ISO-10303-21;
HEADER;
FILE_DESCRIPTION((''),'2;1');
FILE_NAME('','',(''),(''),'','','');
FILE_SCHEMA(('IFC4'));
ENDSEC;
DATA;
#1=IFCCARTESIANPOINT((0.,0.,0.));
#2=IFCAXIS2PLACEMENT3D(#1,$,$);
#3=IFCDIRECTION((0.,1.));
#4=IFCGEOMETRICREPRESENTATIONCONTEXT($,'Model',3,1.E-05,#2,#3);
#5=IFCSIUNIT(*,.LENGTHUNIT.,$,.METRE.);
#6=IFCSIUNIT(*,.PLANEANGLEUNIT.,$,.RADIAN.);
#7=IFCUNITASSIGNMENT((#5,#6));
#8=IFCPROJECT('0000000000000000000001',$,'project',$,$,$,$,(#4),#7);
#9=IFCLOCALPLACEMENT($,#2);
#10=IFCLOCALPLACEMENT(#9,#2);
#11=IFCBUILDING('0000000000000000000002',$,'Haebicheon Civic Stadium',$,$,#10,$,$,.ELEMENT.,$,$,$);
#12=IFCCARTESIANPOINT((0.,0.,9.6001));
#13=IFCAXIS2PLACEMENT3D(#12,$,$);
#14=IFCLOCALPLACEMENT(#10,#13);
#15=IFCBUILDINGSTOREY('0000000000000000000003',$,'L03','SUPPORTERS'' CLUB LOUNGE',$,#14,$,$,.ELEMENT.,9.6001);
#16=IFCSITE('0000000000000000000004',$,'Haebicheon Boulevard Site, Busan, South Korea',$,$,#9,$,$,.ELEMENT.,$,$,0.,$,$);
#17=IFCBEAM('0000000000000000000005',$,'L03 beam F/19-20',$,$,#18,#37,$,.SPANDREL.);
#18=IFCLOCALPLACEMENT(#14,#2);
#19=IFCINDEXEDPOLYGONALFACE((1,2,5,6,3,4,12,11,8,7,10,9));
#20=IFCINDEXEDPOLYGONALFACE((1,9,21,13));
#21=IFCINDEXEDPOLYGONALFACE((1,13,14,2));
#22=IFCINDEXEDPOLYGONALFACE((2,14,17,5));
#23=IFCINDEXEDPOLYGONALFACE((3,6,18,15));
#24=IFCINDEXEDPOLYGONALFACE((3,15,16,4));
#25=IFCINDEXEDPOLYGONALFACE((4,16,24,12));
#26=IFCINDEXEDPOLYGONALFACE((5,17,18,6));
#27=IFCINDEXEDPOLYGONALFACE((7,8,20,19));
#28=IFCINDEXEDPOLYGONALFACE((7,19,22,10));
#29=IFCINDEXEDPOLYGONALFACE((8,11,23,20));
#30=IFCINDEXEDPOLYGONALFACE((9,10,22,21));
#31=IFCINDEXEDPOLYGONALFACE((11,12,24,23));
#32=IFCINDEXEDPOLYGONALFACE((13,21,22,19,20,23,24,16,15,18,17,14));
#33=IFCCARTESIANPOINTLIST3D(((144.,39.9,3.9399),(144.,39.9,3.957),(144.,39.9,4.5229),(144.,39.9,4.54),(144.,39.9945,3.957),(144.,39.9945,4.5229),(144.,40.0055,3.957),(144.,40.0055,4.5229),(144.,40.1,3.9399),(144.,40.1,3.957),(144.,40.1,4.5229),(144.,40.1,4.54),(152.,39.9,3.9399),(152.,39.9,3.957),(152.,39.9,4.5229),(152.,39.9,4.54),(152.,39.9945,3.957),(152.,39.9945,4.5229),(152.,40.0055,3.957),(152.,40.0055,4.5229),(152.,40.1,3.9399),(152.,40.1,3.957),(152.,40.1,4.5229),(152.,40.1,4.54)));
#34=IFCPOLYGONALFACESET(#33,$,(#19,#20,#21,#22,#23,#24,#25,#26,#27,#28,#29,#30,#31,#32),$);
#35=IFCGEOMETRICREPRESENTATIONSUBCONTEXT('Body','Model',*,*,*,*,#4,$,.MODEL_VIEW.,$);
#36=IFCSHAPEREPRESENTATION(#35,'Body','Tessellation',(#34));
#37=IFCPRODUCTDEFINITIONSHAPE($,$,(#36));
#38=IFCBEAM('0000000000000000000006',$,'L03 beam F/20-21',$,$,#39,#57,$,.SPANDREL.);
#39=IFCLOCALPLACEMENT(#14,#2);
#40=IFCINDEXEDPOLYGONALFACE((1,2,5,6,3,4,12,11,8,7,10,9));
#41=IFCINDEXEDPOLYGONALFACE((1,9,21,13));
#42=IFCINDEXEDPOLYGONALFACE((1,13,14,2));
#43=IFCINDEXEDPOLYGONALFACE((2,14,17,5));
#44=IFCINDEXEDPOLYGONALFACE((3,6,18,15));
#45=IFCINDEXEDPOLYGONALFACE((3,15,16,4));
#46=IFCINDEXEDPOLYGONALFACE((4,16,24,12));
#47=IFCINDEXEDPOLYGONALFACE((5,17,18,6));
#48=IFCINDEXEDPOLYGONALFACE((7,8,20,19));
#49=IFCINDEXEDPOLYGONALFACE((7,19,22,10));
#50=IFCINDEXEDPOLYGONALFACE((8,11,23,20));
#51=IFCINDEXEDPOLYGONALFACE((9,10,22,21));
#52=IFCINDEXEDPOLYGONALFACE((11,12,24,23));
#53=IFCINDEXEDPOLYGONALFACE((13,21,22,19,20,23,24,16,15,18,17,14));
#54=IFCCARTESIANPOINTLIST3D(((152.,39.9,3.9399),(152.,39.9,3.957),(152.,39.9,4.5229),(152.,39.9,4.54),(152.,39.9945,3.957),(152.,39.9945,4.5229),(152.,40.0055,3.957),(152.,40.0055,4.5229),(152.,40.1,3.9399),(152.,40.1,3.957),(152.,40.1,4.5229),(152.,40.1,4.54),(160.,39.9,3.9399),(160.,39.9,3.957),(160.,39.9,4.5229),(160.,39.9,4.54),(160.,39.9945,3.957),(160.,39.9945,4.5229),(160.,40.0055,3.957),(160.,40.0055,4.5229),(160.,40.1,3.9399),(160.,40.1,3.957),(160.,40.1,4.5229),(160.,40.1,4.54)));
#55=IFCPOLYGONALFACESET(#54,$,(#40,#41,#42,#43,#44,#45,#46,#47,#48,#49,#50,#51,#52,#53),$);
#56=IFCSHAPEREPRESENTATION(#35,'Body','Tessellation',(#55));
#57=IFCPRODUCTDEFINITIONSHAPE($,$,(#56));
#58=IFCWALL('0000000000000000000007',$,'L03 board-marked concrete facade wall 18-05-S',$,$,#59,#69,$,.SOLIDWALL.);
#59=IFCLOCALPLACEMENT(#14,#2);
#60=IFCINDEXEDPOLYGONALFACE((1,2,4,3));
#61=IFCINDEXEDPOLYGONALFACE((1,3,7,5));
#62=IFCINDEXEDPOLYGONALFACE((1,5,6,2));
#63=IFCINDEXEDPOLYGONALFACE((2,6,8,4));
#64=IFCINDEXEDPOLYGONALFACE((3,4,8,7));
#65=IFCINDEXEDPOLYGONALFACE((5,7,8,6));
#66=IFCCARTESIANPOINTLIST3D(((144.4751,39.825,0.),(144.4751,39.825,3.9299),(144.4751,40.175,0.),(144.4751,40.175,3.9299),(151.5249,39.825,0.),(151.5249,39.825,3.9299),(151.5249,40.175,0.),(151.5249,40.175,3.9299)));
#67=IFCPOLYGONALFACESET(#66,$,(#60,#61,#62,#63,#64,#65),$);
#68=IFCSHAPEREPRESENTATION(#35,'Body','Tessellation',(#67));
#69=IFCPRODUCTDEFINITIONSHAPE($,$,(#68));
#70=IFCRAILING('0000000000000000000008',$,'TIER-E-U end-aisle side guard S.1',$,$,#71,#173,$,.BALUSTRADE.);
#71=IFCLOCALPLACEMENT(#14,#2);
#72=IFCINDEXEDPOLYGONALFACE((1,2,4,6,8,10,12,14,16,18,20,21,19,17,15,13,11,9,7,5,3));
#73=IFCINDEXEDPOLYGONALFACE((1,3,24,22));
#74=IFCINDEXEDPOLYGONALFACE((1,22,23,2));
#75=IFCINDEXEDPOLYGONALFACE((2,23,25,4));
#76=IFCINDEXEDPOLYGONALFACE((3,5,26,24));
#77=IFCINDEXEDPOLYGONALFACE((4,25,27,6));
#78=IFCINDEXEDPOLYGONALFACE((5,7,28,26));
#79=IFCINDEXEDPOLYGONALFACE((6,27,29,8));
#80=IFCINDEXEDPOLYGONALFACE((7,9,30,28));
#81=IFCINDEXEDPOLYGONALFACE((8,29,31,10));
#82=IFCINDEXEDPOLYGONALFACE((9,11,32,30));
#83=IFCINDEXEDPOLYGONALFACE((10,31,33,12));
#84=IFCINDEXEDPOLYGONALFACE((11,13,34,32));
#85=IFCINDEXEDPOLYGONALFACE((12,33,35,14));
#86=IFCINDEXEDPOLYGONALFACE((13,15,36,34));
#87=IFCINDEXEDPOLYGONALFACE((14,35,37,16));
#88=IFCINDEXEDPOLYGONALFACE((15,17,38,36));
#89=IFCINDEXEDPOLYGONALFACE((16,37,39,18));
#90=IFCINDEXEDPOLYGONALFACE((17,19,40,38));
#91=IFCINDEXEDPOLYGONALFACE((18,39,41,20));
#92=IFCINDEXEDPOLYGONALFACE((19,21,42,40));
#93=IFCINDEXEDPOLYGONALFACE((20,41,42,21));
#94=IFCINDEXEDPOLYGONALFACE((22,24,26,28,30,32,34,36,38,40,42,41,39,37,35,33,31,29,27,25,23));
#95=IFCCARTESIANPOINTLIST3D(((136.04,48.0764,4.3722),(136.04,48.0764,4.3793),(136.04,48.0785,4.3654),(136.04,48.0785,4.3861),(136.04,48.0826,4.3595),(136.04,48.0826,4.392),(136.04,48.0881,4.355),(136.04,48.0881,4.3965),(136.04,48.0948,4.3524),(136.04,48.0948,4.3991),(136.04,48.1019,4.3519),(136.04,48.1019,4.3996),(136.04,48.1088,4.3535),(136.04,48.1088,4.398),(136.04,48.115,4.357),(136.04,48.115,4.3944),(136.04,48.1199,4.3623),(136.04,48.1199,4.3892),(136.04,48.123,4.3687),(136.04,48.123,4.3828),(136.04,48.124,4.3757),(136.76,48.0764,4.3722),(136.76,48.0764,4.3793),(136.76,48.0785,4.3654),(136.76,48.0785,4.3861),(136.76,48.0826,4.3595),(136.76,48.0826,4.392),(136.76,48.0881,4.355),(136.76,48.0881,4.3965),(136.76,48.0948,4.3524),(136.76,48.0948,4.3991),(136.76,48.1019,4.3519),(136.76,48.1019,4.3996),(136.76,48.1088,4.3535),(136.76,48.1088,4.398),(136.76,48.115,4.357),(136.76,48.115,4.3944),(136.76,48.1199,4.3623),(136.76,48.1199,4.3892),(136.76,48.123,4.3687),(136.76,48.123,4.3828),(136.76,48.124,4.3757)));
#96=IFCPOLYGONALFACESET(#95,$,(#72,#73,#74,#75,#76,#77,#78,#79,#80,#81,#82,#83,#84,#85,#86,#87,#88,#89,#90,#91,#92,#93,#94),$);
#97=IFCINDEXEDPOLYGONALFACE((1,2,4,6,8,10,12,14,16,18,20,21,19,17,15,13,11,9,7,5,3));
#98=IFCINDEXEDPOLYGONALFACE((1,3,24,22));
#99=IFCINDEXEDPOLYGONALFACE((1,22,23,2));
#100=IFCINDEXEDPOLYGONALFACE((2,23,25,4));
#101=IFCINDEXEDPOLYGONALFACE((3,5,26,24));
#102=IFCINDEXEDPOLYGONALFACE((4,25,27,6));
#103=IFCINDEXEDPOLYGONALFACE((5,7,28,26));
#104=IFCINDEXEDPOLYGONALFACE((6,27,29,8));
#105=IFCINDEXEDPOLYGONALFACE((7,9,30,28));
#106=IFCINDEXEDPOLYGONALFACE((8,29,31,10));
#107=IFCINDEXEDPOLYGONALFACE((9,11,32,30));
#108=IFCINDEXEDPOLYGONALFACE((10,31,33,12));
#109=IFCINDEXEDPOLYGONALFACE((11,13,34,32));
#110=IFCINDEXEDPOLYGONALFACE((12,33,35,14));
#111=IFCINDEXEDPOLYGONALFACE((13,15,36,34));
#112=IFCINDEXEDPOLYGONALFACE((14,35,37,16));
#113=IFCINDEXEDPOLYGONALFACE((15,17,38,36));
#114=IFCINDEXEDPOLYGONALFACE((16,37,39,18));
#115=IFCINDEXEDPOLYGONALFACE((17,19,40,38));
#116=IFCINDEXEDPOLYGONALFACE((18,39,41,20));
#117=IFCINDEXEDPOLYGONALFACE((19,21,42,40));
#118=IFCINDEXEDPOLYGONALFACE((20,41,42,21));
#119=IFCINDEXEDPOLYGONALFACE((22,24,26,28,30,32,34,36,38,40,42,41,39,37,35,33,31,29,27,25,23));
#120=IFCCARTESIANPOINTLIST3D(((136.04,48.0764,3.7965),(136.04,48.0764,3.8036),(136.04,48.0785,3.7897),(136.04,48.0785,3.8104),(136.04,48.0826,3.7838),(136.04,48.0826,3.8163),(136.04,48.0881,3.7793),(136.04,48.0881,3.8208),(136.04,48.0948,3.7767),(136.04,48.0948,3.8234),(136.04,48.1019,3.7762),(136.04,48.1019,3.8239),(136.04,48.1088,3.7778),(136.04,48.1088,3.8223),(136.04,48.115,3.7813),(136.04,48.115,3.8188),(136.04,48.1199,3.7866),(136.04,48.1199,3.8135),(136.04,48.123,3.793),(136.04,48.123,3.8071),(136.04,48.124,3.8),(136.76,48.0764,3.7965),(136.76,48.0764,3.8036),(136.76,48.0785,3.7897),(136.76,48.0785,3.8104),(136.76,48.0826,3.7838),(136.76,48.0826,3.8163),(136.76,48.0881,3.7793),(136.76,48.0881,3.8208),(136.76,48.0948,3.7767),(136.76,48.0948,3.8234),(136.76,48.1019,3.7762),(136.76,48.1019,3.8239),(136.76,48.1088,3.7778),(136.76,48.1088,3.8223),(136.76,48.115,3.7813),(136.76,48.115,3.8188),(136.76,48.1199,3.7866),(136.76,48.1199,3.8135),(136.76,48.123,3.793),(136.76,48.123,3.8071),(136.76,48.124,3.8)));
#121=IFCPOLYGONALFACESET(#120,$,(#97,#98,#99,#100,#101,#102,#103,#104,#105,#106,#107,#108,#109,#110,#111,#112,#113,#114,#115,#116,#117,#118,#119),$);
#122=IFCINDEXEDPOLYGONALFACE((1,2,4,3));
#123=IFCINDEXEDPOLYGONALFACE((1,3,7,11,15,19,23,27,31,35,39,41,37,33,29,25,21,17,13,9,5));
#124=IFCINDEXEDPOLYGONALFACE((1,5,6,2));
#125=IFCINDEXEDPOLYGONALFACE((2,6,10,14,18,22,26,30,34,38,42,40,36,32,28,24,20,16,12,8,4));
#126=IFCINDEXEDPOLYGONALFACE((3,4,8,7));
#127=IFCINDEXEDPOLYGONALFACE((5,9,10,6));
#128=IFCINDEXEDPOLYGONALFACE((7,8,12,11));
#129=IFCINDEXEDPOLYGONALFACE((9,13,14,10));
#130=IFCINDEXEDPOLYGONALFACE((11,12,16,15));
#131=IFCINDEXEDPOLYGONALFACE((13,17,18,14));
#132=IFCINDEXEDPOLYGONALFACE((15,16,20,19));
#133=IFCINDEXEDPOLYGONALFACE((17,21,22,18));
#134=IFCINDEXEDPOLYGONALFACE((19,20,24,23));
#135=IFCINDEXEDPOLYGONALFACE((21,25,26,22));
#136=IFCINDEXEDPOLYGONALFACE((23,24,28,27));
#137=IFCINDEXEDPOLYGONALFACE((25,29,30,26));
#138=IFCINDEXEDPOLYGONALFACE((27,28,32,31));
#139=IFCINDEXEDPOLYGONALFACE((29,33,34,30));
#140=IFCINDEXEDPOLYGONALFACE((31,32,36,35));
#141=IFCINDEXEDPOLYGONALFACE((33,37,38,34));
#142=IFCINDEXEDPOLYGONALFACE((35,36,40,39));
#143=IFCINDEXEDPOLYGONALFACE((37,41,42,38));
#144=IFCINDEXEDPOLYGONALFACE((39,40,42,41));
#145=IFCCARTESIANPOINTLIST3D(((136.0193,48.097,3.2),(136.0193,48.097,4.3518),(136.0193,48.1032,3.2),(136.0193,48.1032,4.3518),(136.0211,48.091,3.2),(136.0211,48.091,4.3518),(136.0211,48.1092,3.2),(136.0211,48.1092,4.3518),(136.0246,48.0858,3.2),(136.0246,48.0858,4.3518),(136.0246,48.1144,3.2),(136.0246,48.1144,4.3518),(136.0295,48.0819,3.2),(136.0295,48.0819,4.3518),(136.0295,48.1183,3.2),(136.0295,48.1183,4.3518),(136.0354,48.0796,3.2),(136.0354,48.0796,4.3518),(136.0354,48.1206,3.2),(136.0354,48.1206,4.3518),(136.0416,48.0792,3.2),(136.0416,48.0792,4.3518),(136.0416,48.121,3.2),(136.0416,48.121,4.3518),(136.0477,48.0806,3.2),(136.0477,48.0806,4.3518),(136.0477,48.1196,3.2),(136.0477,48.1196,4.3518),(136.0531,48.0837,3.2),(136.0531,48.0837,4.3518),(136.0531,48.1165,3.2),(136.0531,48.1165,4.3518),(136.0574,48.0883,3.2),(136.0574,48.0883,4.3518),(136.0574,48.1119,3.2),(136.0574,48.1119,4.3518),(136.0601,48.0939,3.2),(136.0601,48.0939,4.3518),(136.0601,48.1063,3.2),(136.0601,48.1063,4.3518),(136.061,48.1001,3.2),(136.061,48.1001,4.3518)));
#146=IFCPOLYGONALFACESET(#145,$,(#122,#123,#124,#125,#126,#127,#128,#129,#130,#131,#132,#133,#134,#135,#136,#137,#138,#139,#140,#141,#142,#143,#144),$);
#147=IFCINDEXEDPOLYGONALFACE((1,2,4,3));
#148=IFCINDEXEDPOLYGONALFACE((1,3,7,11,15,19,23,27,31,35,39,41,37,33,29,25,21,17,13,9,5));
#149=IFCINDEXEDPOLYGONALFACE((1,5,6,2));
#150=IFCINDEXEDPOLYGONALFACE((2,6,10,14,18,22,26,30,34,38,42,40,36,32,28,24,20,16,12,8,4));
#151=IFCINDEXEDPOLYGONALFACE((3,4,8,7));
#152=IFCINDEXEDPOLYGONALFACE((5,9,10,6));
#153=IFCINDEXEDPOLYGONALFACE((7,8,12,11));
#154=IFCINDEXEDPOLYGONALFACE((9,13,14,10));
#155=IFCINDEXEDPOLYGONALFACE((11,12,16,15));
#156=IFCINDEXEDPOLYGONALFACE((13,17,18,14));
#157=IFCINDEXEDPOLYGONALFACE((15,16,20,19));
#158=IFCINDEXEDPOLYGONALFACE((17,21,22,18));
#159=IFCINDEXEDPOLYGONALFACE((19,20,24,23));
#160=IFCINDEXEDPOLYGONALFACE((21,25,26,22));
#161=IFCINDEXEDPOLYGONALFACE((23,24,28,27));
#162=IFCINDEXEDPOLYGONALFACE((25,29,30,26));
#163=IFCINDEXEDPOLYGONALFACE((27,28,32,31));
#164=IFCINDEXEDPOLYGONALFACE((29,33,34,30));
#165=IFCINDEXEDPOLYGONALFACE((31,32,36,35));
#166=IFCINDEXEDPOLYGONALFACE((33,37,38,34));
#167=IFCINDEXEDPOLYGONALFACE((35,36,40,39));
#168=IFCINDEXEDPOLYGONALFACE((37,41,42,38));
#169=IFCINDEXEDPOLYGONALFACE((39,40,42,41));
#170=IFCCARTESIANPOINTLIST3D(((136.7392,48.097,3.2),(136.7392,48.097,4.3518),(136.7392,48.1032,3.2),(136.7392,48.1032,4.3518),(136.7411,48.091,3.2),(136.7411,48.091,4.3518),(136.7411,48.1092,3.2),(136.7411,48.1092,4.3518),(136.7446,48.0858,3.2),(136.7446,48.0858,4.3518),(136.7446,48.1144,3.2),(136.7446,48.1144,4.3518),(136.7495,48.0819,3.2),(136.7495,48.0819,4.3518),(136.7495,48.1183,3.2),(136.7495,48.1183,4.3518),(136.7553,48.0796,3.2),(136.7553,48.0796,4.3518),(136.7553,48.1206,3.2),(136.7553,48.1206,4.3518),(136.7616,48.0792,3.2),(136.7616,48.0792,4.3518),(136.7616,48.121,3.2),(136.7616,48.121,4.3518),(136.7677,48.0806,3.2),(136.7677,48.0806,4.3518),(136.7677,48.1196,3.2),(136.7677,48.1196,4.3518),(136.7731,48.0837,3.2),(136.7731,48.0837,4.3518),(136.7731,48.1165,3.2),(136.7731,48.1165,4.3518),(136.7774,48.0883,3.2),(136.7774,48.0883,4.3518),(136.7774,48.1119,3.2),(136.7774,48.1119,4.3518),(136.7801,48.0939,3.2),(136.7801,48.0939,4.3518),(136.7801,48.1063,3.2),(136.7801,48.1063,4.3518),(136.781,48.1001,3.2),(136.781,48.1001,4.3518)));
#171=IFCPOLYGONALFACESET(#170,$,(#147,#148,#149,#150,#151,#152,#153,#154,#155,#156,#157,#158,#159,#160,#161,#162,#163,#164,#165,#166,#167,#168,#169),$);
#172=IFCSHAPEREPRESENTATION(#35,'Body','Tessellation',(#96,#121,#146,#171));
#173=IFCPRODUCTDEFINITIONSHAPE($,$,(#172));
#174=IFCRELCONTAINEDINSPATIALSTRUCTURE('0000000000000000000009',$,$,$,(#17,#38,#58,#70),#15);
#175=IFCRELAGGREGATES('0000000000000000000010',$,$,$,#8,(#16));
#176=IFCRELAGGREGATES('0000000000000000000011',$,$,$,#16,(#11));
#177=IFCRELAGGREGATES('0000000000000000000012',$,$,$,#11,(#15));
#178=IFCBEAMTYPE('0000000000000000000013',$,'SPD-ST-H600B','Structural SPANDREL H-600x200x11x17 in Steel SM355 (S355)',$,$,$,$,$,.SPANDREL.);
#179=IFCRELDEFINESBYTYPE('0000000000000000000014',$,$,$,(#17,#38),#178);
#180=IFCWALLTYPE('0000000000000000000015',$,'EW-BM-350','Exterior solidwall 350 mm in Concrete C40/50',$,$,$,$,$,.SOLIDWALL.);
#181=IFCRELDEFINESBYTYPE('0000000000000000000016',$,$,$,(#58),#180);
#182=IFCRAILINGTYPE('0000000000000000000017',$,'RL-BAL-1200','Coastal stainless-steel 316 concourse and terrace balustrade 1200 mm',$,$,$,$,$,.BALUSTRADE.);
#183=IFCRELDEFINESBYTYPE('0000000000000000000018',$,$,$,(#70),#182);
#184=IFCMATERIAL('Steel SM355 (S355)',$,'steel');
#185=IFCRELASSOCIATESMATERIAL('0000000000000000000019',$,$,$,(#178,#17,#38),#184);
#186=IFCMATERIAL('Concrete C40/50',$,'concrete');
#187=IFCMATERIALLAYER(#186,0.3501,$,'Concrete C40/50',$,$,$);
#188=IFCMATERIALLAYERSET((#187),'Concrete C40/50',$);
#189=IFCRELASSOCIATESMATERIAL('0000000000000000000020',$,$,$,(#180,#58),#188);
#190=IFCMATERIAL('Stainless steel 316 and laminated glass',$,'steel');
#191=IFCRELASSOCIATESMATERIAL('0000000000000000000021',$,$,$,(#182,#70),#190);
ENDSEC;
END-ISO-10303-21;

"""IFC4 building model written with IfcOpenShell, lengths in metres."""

from ifc_helpers import new_model, si_unit, direction, frame, frame_2d, origin, origin_2d, place, context, subcontext, project, spatial, rectangle, circle, i_section, extrude, material, layer, layer_set, material_profile, profile_set, type_object, element, save


model = new_model("IFC4")

# Units and contexts
model_context = context("Model", 3, precision=1e-05, world=origin(), true_north=direction((0.0, 1.0)))
body_context = subcontext(model_context, "Body", "Model", "MODEL_VIEW")
ifc_project = project(units=[si_unit("LENGTHUNIT", "METRE"), si_unit("PLANEANGLEUNIT", "RADIAN")], contexts=[model_context])

# Site, building, storey
site_placement = place(None, origin())
site = spatial("IfcSite", under=ifc_project, at=site_placement, Name="Haebicheon Boulevard Site, Busan, South Korea", CompositionType="ELEMENT", RefElevation=0.0)
building_placement = place(site_placement, origin())
building = spatial("IfcBuilding", under=site, at=building_placement, Name="Haebicheon Civic Stadium", CompositionType="ELEMENT")
storey_placement = place(building_placement, frame((0.0, 0.0, 9.6001)))
storey = spatial("IfcBuildingStorey", under=building, at=storey_placement, Name="L03", Description="SUPPORTERS' CLUB LOUNGE", CompositionType="ELEMENT", Elevation=9.6001)

# Beams
ifc_material_1 = material(Name="Steel SM355 (S355)", Category="steel")
ifc_material_profile_1 = material_profile(ifc_material_1, i_section(OverallWidth=0.2, OverallDepth=0.6001, WebThickness=0.011, FlangeThickness=0.0171, at=origin_2d()), Name="H-600x200x11x17")
ifc_profile_set_1 = profile_set([ifc_material_profile_1], Name="Steel SM355 (S355)")
beam_type_1 = type_object("IfcBeamType", Name="SPD-ST-H600B", Description="Structural SPANDREL H-600x200x11x17 in Steel SM355 (S355)", PredefinedType="SPANDREL", material=ifc_profile_set_1)
for number, where, z_axis, x_axis, name in (
    (1, (144.0, 40.0, 4.24), (1.0, 0.0, 0.0), (0.0, 1.0, 0.0), "L03 beam F/19-20"),
    (2, (152.0, 40.0, 4.24), (1.0, 0.0, 0.0), (0.0, 1.0, 0.0), "L03 beam F/20-21"),
):
    element("IfcBeam", number, at=place(storey_placement, frame(where, z_axis=z_axis, x_axis=x_axis)), inside=storey, type_object=beam_type_1, material=ifc_profile_set_1, Name=name, PredefinedType="SPANDREL", context=body_context, shape_type="SweptSolid", body=[
        extrude(i_section(OverallWidth=0.2, OverallDepth=0.6001, WebThickness=0.011, FlangeThickness=0.0171, at=origin_2d()), origin(), (0.0, 0.0, 1.0), 8.0),
    ])

# Wall
ifc_material_2 = material(Name="Concrete C40/50", Category="concrete")
ifc_layer = layer(ifc_material_2, 0.3501, Name="Concrete C40/50")
ifc_layer_set = layer_set([ifc_layer], Name="Concrete C40/50")
wall_type = type_object("IfcWallType", Name="EW-BM-350", Description="Exterior solidwall 350 mm in Concrete C40/50", PredefinedType="SOLIDWALL", material=ifc_layer_set)
wall_placement = place(storey_placement, frame((144.4751, 40.0, 0.0), z_axis=(0.0, 0.0, 1.0), x_axis=(1.0, 0.0, 0.0)))
element("IfcWall", 3, at=wall_placement, inside=storey, type_object=wall_type, material=ifc_layer_set, Name="L03 board-marked concrete facade wall 18-05-S", PredefinedType="SOLIDWALL", context=body_context, shape_type="SweptSolid", body=[
    extrude(rectangle(XDim=7.0498, YDim=0.3501, at=frame_2d((3.5249, 0.0))), origin(), (0.0, 0.0, 1.0), 3.9299),
])

# Railing
ifc_material_3 = material(Name="Stainless steel 316 and laminated glass", Category="steel")
railing_type = type_object("IfcRailingType", Name="RL-BAL-1200", Description="Coastal stainless-steel 316 concourse and terrace balustrade 1200 mm", PredefinedType="BALUSTRADE", material=ifc_material_3)
for number, where, name in (
    (4, (136.04, 48.1001, 3.2), "TIER-E-U end-aisle side guard S.1"),
):
    element("IfcRailing", number, at=place(storey_placement, frame(where)), inside=storey, type_object=railing_type, material=ifc_material_3, Name=name, PredefinedType="BALUSTRADE", context=body_context, shape_type="SweptSolid", body=[
        extrude(circle(Radius=0.0239, at=origin_2d()), frame((0.0, 0.0, 1.1758), z_axis=(1.0, 0.0, 0.0), x_axis=(0.0, 1.0, 0.0)), (0.0, 0.0, 1.0), 0.72),
        extrude(circle(Radius=0.0239, at=origin_2d()), frame((0.0, 0.0, 0.6001), z_axis=(1.0, 0.0, 0.0), x_axis=(0.0, 1.0, 0.0)), (0.0, 0.0, 1.0), 0.72),
        extrude(circle(Radius=0.021, at=origin_2d()), origin(), (0.0, 0.0, 1.0), 1.1519),
        extrude(circle(Radius=0.021, at=origin_2d()), frame((0.72, 0.0, 0.0)), (0.0, 0.0, 1.0), 1.1519),
    ])

save(model, "model.ifc")
